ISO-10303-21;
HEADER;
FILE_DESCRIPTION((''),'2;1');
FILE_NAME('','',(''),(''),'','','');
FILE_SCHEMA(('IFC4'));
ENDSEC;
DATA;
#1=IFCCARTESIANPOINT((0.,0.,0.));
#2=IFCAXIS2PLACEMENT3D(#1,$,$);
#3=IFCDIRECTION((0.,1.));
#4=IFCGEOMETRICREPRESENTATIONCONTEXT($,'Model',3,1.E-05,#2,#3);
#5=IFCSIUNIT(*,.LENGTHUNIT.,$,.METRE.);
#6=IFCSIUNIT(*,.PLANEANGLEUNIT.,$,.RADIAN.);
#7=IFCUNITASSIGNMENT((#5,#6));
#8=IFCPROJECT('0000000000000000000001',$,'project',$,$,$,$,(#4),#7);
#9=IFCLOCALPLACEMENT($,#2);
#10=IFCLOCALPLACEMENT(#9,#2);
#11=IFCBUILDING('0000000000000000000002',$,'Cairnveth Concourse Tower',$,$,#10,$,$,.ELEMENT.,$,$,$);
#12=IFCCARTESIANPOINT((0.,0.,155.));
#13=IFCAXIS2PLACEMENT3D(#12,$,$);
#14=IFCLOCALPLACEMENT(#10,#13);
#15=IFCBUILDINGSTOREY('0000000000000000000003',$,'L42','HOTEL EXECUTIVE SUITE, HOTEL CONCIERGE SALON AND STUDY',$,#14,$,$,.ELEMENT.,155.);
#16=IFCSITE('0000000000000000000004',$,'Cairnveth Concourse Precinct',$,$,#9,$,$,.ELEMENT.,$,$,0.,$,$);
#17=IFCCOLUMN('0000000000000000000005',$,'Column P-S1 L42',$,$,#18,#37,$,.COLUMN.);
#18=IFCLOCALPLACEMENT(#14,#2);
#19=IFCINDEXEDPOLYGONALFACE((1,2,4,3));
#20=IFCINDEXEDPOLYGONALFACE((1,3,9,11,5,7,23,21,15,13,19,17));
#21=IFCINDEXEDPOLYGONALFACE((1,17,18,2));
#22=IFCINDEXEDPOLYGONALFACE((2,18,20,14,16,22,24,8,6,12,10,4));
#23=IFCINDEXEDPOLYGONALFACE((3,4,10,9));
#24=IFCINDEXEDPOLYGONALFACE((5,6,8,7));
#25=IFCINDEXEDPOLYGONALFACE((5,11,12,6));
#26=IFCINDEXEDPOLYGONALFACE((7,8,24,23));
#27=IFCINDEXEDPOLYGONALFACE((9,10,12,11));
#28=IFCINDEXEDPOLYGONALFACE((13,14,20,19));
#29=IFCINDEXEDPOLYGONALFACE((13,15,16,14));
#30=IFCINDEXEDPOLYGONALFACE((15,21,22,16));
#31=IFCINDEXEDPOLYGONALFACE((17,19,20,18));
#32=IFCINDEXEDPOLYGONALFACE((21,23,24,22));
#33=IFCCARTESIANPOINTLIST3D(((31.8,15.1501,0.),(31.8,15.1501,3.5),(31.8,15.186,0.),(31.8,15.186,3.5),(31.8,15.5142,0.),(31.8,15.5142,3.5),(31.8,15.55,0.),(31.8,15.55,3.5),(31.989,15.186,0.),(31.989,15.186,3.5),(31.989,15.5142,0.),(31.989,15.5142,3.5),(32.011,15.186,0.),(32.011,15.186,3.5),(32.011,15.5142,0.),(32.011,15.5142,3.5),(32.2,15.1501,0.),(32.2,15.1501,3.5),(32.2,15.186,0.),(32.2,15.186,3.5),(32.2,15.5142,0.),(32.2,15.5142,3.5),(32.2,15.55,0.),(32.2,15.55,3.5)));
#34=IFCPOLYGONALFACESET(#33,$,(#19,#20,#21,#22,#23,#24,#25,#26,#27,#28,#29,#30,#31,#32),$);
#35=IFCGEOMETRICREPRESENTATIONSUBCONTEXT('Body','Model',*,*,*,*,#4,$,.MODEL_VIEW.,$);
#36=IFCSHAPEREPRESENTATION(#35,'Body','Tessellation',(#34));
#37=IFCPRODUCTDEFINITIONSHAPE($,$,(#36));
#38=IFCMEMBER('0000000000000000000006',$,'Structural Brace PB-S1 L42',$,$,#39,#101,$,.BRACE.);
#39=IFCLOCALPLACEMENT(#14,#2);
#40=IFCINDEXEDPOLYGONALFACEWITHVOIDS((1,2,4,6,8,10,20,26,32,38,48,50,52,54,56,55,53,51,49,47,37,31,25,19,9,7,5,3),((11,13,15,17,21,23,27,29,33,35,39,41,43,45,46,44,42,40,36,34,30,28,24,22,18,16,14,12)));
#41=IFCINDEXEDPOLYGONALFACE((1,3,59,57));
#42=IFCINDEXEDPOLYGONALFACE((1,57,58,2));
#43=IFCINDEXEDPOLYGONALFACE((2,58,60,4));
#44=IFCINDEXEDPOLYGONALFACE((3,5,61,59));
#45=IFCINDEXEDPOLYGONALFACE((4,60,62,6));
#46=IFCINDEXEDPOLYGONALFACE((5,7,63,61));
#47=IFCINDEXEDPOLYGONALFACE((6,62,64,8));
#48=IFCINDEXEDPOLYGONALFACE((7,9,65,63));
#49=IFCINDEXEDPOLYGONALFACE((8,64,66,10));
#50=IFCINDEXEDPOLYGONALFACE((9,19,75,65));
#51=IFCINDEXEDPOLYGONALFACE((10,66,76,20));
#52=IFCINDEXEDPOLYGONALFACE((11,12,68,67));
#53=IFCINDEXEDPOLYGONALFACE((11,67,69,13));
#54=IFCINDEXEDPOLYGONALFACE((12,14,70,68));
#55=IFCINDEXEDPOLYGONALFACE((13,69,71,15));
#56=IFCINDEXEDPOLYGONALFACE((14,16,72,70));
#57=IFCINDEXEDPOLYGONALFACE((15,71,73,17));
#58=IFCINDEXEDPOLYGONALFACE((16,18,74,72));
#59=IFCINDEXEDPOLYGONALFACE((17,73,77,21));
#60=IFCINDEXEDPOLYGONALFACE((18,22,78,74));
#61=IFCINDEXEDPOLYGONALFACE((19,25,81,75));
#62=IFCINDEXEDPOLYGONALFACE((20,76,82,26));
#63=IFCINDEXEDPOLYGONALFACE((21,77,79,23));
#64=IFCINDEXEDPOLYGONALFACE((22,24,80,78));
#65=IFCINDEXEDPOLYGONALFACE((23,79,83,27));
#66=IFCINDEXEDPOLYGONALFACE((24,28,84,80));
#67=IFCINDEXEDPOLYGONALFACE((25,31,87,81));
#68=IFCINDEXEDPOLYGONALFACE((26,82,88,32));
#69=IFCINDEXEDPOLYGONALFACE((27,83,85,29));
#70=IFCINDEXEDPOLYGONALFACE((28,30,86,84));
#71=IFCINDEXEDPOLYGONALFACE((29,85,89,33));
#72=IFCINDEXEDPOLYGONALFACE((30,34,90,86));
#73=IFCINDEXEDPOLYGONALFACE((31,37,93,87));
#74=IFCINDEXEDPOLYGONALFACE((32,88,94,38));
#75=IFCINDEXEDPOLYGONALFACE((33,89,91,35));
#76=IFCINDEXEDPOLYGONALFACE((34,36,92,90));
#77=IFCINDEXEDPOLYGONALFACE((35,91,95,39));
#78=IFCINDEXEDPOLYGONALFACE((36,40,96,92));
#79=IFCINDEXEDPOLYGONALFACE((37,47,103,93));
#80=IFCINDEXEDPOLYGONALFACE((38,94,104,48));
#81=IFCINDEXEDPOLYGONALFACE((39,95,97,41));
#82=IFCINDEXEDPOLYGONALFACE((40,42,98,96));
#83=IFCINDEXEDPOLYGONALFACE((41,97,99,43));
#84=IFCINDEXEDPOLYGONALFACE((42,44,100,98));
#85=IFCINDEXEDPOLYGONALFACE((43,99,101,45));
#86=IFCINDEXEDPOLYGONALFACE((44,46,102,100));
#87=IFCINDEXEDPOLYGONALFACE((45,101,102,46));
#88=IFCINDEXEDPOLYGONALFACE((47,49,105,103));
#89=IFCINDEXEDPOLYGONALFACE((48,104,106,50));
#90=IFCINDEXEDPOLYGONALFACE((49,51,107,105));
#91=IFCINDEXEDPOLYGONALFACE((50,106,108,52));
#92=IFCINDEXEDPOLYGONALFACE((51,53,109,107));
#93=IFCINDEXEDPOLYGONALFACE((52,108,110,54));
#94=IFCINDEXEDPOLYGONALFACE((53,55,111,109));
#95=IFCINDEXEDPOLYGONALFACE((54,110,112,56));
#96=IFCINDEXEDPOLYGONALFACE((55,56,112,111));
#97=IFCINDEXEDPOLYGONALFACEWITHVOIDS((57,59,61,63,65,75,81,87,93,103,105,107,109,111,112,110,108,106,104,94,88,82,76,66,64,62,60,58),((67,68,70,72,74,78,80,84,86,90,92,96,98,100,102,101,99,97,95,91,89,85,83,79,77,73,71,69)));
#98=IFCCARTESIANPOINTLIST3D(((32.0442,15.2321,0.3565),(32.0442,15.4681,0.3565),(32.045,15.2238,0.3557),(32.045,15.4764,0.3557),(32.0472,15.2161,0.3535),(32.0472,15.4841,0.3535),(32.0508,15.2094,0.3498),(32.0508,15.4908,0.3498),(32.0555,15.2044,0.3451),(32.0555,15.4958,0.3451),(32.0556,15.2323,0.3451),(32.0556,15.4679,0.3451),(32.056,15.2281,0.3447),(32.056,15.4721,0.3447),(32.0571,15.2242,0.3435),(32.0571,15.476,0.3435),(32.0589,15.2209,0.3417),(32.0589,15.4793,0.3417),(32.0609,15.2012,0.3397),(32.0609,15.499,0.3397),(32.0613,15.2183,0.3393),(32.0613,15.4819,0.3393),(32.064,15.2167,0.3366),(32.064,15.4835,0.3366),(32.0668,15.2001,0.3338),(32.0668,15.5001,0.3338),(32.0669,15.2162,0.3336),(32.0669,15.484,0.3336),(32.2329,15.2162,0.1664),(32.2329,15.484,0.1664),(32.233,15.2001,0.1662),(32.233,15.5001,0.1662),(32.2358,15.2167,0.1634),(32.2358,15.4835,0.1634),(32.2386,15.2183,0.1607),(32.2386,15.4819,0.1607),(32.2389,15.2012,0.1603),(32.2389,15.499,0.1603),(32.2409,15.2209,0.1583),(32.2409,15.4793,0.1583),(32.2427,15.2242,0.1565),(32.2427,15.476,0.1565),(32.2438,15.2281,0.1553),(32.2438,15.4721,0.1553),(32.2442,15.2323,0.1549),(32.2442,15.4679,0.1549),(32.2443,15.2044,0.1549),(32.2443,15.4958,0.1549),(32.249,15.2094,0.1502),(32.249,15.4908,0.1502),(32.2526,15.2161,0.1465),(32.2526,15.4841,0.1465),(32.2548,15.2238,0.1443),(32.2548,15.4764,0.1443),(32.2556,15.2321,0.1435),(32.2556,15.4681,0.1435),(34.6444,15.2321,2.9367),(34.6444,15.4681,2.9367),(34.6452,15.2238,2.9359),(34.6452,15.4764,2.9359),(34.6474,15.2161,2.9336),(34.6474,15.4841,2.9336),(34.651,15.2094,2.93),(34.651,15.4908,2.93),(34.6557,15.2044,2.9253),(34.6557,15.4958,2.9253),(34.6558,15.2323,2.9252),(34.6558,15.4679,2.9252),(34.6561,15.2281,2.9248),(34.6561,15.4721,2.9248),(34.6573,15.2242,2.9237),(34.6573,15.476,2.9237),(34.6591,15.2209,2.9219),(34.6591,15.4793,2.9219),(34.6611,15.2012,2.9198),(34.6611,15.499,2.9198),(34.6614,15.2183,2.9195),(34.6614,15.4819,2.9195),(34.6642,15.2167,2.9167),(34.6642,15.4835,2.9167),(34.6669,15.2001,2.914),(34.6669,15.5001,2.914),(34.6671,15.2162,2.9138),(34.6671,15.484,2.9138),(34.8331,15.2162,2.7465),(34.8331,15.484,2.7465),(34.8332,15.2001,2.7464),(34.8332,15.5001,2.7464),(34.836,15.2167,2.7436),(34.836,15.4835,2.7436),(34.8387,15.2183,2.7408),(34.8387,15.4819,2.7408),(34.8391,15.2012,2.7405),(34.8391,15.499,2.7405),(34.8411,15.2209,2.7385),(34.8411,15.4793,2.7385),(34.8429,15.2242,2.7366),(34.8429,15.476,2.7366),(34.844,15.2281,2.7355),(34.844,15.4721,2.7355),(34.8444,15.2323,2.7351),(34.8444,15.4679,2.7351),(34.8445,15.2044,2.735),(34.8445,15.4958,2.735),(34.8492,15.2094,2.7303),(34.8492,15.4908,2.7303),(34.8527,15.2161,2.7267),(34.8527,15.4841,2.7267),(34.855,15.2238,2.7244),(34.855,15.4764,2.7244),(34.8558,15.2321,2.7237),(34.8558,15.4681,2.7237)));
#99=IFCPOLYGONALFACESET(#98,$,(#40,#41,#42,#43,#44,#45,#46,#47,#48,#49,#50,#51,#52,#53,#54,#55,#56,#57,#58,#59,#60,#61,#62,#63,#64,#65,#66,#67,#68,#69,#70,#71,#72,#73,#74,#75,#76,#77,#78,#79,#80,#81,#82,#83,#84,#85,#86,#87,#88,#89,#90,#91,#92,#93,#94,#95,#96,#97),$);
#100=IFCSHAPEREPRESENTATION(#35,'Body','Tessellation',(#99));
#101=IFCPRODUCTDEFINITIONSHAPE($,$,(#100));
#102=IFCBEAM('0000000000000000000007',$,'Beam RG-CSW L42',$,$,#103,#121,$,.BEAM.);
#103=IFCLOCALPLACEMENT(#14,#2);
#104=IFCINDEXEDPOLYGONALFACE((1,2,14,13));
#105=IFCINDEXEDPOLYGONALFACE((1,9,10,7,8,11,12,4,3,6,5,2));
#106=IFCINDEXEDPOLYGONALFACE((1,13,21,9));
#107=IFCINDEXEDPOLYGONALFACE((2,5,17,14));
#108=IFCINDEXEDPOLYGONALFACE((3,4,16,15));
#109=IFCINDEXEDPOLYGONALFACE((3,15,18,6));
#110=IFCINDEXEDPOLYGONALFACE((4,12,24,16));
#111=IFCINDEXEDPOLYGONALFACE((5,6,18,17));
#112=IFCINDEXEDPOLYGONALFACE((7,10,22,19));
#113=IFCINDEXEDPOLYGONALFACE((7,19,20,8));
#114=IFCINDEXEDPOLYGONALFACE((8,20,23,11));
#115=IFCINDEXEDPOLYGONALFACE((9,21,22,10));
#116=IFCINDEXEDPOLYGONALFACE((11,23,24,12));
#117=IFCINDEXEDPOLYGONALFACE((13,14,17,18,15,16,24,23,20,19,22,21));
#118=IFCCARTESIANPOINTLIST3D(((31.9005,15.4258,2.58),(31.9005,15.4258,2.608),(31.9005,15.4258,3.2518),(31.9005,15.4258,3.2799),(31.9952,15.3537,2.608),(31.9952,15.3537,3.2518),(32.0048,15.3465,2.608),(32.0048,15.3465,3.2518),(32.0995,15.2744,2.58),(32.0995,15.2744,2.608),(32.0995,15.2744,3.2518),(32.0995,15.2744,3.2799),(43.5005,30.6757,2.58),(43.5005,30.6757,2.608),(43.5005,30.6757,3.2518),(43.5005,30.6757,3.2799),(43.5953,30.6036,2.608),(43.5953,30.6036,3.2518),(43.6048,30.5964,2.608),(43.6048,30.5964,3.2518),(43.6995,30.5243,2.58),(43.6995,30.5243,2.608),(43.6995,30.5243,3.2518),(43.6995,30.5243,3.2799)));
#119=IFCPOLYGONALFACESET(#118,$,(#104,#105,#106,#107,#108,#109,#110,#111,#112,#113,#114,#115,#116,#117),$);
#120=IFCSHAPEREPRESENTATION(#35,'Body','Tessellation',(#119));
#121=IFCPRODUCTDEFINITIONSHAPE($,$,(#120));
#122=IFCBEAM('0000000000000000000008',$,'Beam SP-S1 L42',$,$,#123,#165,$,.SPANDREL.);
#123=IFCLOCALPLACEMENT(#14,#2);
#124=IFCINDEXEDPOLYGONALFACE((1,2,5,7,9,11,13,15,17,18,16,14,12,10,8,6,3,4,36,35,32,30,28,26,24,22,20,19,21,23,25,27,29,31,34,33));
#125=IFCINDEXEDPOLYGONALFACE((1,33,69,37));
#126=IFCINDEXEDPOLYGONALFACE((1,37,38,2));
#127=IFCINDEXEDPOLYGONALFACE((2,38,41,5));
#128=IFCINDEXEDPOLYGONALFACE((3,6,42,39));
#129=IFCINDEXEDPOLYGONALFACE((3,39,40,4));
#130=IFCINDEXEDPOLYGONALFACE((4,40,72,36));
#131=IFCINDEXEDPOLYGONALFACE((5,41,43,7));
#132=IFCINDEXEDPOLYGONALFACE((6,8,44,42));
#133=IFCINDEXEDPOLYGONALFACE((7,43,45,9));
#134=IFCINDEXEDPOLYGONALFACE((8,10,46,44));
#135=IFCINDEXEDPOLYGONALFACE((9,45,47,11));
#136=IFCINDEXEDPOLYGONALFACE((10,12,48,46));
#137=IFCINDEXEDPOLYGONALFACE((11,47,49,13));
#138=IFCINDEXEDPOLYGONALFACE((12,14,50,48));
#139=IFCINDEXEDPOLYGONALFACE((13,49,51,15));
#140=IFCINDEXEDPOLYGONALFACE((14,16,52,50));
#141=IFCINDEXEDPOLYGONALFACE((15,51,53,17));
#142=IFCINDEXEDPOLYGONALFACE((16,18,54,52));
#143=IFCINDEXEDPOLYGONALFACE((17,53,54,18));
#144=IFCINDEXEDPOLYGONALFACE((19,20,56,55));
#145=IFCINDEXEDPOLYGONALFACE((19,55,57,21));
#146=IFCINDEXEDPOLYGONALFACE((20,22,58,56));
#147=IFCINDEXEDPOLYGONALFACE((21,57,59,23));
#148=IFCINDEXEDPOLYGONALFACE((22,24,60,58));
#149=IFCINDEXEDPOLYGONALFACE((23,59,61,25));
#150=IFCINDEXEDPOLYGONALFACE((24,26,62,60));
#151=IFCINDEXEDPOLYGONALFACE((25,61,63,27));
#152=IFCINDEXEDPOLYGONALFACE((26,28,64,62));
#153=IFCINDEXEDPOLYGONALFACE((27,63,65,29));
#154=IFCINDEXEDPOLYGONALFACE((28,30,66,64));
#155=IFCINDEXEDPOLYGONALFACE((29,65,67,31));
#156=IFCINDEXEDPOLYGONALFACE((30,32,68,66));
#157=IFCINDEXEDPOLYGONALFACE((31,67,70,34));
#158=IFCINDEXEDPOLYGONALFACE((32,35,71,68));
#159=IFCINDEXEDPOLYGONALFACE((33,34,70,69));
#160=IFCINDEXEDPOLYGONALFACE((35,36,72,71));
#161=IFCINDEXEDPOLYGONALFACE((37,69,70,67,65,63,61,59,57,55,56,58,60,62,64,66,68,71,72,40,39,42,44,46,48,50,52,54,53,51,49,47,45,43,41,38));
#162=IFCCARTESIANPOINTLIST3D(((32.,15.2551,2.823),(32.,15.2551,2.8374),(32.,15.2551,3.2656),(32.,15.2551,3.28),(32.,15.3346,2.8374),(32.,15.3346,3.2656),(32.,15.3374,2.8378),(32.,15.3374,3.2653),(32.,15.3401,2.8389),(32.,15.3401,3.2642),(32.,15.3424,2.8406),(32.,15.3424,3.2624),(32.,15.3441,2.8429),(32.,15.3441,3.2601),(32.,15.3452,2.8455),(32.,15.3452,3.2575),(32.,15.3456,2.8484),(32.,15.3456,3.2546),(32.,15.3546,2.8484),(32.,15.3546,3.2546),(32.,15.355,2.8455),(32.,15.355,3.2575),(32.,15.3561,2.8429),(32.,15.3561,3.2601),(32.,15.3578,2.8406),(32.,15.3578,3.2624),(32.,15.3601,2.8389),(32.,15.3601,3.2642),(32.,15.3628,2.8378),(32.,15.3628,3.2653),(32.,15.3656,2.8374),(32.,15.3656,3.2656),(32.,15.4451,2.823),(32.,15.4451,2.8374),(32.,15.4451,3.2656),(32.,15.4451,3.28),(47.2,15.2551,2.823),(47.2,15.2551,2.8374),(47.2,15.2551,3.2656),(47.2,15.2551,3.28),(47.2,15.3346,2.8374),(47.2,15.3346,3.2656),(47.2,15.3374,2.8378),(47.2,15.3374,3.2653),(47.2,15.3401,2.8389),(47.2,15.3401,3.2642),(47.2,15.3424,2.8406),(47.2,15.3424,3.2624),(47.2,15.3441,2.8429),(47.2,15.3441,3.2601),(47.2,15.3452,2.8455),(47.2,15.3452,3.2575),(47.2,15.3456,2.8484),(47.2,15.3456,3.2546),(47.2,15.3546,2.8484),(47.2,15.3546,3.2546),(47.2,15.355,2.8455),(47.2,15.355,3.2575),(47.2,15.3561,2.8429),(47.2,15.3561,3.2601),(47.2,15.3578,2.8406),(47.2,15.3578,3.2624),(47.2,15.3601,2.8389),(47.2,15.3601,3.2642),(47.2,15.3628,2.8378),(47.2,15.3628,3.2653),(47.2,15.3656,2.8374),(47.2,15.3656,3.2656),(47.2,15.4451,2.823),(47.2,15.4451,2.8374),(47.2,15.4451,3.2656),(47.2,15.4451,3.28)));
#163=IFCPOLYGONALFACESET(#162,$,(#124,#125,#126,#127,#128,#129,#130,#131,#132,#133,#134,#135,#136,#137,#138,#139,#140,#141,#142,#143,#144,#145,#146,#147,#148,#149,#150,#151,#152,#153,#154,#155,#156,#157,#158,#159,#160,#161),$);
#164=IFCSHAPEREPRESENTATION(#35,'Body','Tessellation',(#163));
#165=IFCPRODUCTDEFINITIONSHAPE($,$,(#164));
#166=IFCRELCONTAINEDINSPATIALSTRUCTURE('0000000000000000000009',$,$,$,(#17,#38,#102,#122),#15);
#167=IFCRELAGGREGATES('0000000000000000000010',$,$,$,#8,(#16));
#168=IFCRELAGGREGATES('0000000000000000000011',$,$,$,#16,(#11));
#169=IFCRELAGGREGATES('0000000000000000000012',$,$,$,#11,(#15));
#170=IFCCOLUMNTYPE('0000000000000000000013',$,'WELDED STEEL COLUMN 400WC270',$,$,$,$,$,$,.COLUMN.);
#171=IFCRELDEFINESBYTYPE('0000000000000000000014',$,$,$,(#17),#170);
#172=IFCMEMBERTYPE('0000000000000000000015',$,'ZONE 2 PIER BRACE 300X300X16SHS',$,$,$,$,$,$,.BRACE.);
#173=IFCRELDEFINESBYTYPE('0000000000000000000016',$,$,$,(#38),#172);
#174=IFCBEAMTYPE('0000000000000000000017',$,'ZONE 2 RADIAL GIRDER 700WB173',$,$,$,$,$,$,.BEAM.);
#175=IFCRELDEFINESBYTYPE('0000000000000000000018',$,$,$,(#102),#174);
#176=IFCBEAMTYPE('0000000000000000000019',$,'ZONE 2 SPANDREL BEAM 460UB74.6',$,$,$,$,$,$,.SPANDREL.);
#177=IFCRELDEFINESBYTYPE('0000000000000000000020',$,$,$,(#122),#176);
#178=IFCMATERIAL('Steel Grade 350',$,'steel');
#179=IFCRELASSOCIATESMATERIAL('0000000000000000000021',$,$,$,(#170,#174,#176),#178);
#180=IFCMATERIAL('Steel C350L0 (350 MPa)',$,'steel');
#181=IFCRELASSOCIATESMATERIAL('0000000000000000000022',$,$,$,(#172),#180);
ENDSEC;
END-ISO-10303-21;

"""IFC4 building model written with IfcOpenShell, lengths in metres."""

from ifc_helpers import new_model, si_unit, direction, frame, origin, origin_2d, place, context, subcontext, project, spatial, hollow_rectangle, i_section, extrude, material, material_profile, profile_set, type_object, element, save


model = new_model("IFC4")

# Units and contexts
model_context = context("Model", 3, precision=1e-05, world=origin(), true_north=direction((0.0, 1.0)))
body_context = subcontext(model_context, "Body", "Model", "MODEL_VIEW")
ifc_project = project(units=[si_unit("LENGTHUNIT", "METRE"), si_unit("PLANEANGLEUNIT", "RADIAN")], contexts=[model_context])

# Site, building, storey
site_placement = place(None, origin())
site = spatial("IfcSite", under=ifc_project, at=site_placement, Name="Cairnveth Concourse Precinct", CompositionType="ELEMENT", RefElevation=0.0)
building_placement = place(site_placement, origin())
building = spatial("IfcBuilding", under=site, at=building_placement, Name="Cairnveth Concourse Tower", CompositionType="ELEMENT")
storey_placement = place(building_placement, frame((0.0, 0.0, 155.0)))
storey = spatial("IfcBuildingStorey", under=building, at=storey_placement, Name="L42", Description="HOTEL EXECUTIVE SUITE, HOTEL CONCIERGE SALON AND STUDY", CompositionType="ELEMENT", Elevation=155.0)

# Column
ifc_material_1 = material(Name="Steel Grade 350", Category="steel")
ifc_material_profile_1 = material_profile(ifc_material_1, i_section(OverallWidth=0.3999, OverallDepth=0.3999, WebThickness=0.022, FlangeThickness=0.0359, at=origin_2d()), Name="400WC270")
ifc_profile_set_1 = profile_set([ifc_material_profile_1], Name="Steel Grade 350")
column_type = type_object("IfcColumnType", Name="WELDED STEEL COLUMN 400WC270", PredefinedType="COLUMN", material=ifc_profile_set_1)
column_placement = place(storey_placement, frame((32.0, 15.3501, 0.0), z_axis=(0.0, 0.0, 1.0), x_axis=(1.0, 0.0, 0.0)))
element("IfcColumn", 1, at=column_placement, inside=storey, type_object=column_type, Name="Column P-S1 L42", PredefinedType="COLUMN", context=body_context, shape_type="SweptSolid", body=[
    extrude(i_section(OverallWidth=0.3999, OverallDepth=0.3999, WebThickness=0.022, FlangeThickness=0.0359, at=origin_2d()), origin(), (0.0, 0.0, 1.0), 3.5),
])

# Member
ifc_material_2 = material(Name="Steel C350L0 (350 MPa)", Category="steel")
ifc_material_profile_2 = material_profile(ifc_material_2, hollow_rectangle(XDim=0.3, YDim=0.3, WallThickness=0.0161, InnerFilletRadius=0.0161, OuterFilletRadius=0.032, at=origin_2d()), Name="300x300x16.0SHS")
ifc_profile_set_2 = profile_set([ifc_material_profile_2], Name="Steel C350L0 (350 MPa)")
member_type = type_object("IfcMemberType", Name="ZONE 2 PIER BRACE 300X300X16SHS", PredefinedType="BRACE", material=ifc_profile_set_2)
member_placement = place(storey_placement, frame((32.1499, 15.3501, 0.25), z_axis=(0.709834, 0.0, 0.704369), x_axis=(0.0, 1.0, 0.0)))
element("IfcMember", 2, at=member_placement, inside=storey, type_object=member_type, Name="Structural Brace PB-S1 L42", PredefinedType="BRACE", context=body_context, shape_type="SweptSolid", body=[
    extrude(hollow_rectangle(XDim=0.3, YDim=0.3, WallThickness=0.0161, InnerFilletRadius=0.0161, OuterFilletRadius=0.032, at=origin_2d()), origin(), (0.0, 0.0, 1.0), 3.6631),
])

# Beams
ifc_material_profile_3 = material_profile(ifc_material_1, i_section(OverallWidth=0.25, OverallDepth=0.7, WebThickness=0.012, FlangeThickness=0.0281, at=origin_2d()), Name="700WB173")
ifc_profile_set_3 = profile_set([ifc_material_profile_3], Name="Steel Grade 350")
beam_type_1 = type_object("IfcBeamType", Name="ZONE 2 RADIAL GIRDER 700WB173", PredefinedType="BEAM", material=ifc_profile_set_3)
beam_1_placement = place(storey_placement, frame((32.0, 15.3501, 2.9299), z_axis=(0.605417, 0.795908, 0.0), x_axis=(-0.795908, 0.605417, 0.0)))
element("IfcBeam", 3, at=beam_1_placement, inside=storey, type_object=beam_type_1, Name="Beam RG-CSW L42", PredefinedType="BEAM", context=body_context, shape_type="SweptSolid", body=[
    extrude(i_section(OverallWidth=0.25, OverallDepth=0.7, WebThickness=0.012, FlangeThickness=0.0281, at=origin_2d()), origin(), (0.0, 0.0, 1.0), 19.1604),
])
ifc_material_profile_4 = material_profile(ifc_material_1, i_section(OverallWidth=0.1899, OverallDepth=0.457, WebThickness=0.009, FlangeThickness=0.0144, FilletRadius=0.011, at=origin_2d()), Name="460UB74.6")
ifc_profile_set_4 = profile_set([ifc_material_profile_4], Name="Steel Grade 350")
beam_type_2 = type_object("IfcBeamType", Name="ZONE 2 SPANDREL BEAM 460UB74.6", PredefinedType="SPANDREL", material=ifc_profile_set_4)
beam_2_placement = place(storey_placement, frame((32.0, 15.3501, 3.0515), z_axis=(1.0, 0.0, 0.0), x_axis=(0.0, 1.0, 0.0)))
element("IfcBeam", 4, at=beam_2_placement, inside=storey, type_object=beam_type_2, Name="Beam SP-S1 L42", PredefinedType="SPANDREL", context=body_context, shape_type="SweptSolid", body=[
    extrude(i_section(OverallWidth=0.1899, OverallDepth=0.457, WebThickness=0.009, FlangeThickness=0.0144, FilletRadius=0.011, at=origin_2d()), origin(), (0.0, 0.0, 1.0), 15.2),
])

save(model, "model.ifc")
